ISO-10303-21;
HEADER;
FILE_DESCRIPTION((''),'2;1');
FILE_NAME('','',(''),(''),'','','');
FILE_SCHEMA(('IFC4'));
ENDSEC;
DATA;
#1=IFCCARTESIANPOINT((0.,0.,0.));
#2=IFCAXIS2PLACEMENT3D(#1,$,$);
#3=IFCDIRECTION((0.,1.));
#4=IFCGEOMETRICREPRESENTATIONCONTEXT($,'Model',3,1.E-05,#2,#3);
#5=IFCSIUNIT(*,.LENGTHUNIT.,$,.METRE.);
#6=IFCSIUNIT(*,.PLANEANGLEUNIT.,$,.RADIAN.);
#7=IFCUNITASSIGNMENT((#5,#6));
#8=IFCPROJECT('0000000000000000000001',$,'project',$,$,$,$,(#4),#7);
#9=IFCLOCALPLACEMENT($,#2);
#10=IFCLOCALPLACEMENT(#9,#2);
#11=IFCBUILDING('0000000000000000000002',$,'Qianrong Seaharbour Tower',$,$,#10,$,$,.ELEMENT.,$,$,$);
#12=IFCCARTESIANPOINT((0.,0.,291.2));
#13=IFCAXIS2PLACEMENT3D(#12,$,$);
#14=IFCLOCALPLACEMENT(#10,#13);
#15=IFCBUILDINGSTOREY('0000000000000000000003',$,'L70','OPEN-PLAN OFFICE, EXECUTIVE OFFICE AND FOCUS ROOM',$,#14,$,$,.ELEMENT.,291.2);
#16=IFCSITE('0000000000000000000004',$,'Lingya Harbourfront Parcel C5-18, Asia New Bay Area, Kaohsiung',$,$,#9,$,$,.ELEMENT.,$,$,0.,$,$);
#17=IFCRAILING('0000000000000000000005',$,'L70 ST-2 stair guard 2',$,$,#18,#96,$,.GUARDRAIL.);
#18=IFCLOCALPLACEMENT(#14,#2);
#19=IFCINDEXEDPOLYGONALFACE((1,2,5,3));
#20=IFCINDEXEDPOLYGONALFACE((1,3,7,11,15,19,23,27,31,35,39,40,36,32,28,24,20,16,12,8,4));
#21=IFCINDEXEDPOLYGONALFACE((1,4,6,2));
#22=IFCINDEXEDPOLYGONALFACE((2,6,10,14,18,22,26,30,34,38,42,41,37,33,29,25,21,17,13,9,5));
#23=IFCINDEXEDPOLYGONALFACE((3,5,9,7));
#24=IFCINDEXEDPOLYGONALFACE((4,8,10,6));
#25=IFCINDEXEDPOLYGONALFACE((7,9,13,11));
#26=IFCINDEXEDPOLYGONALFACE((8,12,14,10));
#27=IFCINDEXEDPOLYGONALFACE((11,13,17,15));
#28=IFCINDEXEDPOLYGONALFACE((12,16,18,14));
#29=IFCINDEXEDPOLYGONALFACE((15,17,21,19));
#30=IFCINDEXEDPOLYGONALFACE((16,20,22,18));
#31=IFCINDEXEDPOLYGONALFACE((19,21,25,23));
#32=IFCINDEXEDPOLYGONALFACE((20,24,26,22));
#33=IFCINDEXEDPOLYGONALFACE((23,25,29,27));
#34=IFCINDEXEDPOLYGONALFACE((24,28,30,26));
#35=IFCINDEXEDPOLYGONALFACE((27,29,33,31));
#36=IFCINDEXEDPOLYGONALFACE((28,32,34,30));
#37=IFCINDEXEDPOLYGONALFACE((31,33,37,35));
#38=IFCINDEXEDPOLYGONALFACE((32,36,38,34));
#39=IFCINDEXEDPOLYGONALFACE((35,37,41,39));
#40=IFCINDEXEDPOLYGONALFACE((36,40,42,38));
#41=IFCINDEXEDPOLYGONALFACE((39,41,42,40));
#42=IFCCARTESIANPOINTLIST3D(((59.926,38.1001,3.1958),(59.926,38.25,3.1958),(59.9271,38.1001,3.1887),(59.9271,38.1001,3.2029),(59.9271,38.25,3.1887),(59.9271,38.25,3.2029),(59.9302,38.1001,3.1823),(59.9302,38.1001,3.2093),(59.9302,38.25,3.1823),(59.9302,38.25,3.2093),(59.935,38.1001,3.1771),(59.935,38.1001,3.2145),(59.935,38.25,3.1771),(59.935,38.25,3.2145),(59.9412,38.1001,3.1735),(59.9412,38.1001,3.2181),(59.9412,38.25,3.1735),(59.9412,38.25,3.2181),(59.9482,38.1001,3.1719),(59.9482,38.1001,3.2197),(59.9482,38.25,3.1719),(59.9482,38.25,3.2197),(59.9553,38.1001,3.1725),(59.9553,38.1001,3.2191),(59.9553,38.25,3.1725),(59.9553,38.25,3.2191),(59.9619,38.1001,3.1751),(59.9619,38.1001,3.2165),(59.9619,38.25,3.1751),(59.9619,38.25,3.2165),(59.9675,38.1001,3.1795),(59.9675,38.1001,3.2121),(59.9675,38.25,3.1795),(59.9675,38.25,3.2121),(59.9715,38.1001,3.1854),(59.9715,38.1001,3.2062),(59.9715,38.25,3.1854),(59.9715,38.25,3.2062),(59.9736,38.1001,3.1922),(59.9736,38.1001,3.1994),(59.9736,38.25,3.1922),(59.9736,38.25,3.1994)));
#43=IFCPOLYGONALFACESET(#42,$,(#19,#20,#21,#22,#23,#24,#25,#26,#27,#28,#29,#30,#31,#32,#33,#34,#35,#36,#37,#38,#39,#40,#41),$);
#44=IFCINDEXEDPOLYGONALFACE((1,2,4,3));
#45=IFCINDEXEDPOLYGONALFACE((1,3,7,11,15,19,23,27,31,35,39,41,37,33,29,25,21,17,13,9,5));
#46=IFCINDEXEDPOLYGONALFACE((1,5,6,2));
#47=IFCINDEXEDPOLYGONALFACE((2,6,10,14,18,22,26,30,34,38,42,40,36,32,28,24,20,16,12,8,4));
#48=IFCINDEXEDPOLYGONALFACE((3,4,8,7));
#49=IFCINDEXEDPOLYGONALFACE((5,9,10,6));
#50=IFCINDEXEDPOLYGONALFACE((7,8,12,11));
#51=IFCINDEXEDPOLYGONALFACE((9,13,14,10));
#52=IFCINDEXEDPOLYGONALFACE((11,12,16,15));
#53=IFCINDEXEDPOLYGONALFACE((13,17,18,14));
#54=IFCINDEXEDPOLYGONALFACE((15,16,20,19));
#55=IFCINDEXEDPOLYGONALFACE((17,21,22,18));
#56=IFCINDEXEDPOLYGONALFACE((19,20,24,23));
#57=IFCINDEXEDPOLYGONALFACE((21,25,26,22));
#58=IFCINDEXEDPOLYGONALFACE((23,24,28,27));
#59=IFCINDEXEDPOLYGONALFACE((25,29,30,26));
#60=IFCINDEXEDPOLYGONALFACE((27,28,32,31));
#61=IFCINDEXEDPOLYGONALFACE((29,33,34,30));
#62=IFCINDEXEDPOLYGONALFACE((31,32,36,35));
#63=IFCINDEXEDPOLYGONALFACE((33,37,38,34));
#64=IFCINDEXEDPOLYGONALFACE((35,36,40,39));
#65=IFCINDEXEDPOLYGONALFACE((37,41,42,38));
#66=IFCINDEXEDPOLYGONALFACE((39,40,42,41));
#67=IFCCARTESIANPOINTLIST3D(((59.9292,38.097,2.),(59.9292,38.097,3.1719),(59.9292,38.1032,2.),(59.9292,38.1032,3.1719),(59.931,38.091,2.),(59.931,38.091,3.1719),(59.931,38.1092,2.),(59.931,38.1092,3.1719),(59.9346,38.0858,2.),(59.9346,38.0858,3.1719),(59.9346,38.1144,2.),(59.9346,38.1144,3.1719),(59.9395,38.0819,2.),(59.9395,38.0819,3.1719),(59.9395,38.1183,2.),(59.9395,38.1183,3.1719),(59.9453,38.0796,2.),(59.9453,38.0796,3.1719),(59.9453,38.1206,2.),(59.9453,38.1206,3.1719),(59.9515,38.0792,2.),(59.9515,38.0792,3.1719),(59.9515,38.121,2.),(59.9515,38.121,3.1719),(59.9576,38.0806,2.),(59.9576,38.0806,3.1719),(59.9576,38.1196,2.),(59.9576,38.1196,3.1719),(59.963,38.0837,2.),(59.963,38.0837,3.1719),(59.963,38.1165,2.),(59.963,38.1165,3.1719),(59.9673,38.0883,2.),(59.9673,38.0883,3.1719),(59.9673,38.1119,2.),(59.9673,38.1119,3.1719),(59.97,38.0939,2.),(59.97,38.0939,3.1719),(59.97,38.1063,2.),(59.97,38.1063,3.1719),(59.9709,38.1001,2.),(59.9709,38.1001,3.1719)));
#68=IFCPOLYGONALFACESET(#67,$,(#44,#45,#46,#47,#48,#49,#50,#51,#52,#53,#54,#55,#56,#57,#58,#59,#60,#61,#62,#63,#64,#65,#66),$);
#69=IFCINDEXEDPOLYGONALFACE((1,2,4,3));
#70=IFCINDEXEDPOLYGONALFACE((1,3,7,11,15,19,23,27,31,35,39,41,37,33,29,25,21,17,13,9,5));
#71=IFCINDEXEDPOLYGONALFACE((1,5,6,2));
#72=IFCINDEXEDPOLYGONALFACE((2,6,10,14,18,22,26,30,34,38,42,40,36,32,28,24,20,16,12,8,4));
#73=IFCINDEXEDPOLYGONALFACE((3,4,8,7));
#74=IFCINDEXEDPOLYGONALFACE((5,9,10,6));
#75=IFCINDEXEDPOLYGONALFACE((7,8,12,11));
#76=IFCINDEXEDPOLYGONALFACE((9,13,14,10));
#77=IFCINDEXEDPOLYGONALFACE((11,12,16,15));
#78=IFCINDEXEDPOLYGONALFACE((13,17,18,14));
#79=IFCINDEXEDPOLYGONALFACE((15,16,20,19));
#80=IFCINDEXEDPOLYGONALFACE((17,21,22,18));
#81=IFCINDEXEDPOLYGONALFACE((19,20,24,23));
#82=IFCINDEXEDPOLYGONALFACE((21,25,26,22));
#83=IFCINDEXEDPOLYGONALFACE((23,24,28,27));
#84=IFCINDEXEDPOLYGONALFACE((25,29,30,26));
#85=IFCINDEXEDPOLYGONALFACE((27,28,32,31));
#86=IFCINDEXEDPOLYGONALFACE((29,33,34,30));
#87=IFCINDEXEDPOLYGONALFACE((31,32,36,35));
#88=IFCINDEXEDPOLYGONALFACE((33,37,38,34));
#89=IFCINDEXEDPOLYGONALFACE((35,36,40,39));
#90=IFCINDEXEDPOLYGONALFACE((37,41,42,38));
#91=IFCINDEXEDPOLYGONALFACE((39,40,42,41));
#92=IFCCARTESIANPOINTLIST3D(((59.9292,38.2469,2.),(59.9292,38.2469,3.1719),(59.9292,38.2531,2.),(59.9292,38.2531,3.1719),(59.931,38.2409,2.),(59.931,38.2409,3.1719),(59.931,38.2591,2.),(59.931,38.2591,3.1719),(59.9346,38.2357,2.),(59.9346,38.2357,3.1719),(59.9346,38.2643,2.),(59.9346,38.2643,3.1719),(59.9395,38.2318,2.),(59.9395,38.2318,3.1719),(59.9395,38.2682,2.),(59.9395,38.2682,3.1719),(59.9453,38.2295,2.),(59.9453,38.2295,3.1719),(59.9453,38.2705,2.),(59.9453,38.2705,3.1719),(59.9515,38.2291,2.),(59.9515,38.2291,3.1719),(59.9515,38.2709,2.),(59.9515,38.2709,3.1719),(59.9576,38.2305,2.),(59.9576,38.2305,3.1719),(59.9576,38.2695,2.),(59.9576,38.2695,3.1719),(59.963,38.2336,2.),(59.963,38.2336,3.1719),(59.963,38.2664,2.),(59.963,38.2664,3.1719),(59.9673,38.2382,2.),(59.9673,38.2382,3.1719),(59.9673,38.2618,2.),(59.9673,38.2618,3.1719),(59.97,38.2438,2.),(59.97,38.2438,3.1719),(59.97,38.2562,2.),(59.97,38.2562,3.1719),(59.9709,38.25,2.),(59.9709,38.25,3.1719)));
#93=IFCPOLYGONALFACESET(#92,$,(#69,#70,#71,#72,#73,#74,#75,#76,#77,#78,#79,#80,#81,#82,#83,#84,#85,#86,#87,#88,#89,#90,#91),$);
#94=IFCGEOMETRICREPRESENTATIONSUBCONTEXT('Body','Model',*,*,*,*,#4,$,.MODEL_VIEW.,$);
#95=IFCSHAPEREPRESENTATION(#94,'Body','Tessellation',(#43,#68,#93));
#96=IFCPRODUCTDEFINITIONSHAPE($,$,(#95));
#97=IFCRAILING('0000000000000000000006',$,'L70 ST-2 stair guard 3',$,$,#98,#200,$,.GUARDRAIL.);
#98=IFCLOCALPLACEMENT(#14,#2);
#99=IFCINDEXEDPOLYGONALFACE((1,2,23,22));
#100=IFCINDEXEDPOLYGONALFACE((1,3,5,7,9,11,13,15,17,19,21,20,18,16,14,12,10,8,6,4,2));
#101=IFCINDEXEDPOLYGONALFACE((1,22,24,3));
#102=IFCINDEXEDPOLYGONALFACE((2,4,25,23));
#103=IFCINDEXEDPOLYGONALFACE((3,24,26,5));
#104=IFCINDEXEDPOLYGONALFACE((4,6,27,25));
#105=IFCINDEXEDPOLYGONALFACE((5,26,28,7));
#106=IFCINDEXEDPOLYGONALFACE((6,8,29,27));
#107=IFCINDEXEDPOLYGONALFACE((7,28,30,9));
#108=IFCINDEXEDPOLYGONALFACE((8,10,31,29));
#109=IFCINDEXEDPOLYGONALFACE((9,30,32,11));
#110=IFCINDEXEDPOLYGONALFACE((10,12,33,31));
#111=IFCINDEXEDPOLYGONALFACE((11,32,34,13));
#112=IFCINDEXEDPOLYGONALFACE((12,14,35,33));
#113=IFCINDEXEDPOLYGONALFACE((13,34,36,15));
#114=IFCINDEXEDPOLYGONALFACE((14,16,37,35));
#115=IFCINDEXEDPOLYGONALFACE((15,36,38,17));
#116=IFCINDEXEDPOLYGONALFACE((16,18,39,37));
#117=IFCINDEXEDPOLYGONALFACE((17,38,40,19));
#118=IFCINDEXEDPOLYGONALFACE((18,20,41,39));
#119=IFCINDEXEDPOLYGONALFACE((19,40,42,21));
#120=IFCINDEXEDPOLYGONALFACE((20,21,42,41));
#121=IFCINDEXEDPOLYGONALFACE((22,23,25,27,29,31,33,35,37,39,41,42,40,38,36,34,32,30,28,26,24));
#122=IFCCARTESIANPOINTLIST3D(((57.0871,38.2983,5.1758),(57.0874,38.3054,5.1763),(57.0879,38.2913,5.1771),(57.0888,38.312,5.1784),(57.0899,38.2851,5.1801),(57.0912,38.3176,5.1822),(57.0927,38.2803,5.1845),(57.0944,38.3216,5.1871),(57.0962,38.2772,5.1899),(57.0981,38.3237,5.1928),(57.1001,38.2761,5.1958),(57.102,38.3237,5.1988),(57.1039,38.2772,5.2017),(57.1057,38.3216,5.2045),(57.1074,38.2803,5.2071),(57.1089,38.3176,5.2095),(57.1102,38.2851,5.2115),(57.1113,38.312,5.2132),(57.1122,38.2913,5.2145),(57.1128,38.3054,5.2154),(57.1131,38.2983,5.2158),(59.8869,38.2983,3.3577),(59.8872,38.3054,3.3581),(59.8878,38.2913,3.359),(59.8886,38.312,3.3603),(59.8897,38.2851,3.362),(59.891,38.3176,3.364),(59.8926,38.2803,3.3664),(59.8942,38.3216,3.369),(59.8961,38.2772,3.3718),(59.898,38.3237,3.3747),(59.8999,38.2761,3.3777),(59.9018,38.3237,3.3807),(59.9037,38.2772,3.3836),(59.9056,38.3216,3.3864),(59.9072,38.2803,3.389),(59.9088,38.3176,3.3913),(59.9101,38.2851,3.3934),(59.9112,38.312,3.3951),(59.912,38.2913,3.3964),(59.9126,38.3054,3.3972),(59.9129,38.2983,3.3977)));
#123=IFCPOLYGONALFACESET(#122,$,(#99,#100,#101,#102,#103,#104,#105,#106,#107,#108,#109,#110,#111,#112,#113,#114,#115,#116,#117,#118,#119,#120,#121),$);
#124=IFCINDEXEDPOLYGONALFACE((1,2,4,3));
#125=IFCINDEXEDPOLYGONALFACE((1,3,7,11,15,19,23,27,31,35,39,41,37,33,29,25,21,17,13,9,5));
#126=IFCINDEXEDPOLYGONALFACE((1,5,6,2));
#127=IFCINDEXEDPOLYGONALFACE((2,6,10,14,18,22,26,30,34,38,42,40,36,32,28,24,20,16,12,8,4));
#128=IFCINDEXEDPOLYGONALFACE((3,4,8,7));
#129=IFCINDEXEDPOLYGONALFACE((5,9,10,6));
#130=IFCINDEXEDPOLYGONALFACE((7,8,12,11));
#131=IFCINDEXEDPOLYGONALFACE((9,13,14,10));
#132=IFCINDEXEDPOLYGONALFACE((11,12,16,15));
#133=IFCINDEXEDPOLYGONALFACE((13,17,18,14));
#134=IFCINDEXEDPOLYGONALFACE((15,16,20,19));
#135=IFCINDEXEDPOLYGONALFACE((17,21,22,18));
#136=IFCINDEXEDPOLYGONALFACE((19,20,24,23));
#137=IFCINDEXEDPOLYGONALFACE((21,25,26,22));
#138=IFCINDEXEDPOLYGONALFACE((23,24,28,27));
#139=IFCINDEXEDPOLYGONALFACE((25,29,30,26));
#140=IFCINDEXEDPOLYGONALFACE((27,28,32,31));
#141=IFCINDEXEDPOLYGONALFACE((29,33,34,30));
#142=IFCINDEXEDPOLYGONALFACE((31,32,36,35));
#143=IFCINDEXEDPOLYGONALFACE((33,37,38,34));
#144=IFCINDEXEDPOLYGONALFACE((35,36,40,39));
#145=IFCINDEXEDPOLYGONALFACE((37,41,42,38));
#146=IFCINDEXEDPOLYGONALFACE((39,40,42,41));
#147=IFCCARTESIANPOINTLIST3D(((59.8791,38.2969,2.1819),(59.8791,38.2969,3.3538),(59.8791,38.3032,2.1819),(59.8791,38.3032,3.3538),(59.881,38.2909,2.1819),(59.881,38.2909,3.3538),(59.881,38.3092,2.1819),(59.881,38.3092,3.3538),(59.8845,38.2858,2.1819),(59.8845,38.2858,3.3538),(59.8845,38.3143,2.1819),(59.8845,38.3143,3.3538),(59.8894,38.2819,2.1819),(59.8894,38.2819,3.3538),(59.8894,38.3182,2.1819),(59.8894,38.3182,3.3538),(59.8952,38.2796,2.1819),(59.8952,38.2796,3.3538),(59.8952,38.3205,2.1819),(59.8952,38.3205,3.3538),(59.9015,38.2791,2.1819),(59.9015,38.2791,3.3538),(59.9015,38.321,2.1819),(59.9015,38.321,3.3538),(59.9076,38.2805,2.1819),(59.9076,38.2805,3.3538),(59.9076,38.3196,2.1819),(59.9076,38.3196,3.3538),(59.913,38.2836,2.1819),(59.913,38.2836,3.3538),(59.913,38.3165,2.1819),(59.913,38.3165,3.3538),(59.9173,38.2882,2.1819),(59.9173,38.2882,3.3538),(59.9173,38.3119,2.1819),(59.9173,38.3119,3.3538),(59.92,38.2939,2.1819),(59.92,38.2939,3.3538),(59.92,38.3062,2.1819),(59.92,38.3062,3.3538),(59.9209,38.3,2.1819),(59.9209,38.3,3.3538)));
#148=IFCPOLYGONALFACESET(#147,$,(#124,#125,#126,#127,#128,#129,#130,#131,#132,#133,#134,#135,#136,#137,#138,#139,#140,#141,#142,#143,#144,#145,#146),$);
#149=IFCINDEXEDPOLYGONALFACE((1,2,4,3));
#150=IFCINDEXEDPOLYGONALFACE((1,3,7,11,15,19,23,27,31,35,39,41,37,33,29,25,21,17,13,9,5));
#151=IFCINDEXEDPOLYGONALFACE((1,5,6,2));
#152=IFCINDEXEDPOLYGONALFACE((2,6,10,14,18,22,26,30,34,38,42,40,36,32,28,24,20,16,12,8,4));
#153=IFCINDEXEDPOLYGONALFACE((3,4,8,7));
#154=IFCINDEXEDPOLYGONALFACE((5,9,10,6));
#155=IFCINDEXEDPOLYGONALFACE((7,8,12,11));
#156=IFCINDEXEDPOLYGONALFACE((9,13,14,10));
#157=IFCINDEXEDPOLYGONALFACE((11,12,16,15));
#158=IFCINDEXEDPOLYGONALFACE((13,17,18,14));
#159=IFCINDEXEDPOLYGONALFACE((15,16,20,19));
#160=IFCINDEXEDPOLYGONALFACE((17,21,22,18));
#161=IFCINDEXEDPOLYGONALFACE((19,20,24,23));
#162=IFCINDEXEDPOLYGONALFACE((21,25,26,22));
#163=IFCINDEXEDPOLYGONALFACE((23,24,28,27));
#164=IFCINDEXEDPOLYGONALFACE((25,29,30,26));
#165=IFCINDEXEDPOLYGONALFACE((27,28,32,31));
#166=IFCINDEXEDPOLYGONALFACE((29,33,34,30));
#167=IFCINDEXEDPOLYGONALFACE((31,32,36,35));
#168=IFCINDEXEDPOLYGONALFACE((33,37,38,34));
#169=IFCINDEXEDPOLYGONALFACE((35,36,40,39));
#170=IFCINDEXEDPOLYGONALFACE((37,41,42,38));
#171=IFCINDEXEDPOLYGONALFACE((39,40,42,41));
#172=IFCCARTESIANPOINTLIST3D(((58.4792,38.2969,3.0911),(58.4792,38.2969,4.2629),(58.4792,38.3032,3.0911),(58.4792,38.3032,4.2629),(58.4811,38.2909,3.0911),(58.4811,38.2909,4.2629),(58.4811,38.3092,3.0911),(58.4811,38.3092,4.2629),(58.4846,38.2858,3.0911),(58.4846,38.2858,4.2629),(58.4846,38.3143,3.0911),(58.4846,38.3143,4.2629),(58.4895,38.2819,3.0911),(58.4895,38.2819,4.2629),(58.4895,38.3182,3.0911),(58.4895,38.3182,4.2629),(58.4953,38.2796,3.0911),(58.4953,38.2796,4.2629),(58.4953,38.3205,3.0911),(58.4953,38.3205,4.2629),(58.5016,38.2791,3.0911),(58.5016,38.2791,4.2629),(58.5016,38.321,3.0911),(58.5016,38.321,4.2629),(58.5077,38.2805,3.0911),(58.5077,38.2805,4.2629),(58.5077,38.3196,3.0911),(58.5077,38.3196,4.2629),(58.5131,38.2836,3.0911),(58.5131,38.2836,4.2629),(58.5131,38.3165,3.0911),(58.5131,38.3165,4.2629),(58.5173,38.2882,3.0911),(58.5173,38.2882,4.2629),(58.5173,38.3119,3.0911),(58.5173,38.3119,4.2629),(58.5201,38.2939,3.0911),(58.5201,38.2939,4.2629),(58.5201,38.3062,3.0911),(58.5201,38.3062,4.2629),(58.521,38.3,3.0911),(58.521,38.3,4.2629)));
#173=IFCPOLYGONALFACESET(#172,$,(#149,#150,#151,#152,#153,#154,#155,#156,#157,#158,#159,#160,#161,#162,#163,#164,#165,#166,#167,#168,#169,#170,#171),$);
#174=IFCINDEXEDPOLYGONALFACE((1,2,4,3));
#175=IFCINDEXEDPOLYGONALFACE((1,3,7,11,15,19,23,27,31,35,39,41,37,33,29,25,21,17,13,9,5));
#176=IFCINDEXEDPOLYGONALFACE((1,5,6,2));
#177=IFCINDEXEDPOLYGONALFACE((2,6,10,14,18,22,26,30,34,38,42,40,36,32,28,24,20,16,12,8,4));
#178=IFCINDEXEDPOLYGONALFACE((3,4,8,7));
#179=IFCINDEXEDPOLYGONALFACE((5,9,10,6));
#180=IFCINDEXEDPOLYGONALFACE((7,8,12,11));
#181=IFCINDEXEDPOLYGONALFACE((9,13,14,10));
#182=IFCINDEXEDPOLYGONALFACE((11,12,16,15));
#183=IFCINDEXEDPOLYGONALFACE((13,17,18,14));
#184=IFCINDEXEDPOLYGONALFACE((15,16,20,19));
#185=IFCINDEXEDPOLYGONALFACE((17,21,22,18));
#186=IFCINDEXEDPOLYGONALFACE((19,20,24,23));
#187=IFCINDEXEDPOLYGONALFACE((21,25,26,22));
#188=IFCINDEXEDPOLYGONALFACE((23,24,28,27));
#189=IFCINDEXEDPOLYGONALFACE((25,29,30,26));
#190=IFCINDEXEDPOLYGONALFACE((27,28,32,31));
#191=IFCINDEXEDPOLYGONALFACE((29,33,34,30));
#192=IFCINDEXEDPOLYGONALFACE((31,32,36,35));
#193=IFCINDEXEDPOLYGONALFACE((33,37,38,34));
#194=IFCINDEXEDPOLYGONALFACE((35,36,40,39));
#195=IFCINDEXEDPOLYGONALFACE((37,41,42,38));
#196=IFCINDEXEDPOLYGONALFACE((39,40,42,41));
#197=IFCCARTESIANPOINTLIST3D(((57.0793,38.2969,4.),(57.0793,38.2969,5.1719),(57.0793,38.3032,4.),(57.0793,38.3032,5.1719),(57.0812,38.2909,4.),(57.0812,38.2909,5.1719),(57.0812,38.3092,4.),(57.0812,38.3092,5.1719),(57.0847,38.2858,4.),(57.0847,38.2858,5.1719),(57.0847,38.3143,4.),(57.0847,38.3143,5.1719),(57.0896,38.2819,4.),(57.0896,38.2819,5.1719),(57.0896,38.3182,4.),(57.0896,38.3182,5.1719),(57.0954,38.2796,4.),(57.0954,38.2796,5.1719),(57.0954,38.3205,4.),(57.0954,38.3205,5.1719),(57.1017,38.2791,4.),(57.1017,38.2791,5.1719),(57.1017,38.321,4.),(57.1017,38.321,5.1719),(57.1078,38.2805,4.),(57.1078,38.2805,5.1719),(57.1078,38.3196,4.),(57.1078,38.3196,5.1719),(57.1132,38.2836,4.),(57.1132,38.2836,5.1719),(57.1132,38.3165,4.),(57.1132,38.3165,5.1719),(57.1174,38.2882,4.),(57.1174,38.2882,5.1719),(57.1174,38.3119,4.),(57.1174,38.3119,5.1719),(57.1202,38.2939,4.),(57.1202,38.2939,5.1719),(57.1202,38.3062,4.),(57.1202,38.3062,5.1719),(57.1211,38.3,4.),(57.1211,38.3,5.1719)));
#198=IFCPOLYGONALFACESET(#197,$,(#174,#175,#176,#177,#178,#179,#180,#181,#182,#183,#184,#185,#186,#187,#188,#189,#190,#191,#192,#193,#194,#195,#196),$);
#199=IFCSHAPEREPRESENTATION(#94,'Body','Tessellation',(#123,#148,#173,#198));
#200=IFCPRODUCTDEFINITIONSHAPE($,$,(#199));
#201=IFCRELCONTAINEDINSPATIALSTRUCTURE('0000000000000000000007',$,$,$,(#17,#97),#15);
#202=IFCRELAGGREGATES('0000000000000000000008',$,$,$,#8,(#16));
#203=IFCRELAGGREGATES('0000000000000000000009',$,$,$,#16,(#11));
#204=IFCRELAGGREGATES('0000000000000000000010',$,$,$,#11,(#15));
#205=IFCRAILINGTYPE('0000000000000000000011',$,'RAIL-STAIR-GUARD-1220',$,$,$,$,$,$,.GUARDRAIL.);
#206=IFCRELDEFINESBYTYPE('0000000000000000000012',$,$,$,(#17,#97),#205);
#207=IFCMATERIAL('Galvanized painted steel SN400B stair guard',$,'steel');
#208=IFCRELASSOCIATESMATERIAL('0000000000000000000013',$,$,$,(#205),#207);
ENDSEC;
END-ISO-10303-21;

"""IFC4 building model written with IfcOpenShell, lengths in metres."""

from ifc_helpers import new_model, si_unit, direction, frame, origin, origin_2d, place, context, subcontext, project, spatial, circle, extrude, material, type_object, element, save


model = new_model("IFC4")

# Units and contexts
model_context = context("Model", 3, precision=1e-05, world=origin(), true_north=direction((0.0, 1.0)))
body_context = subcontext(model_context, "Body", "Model", "MODEL_VIEW")
ifc_project = project(units=[si_unit("LENGTHUNIT", "METRE"), si_unit("PLANEANGLEUNIT", "RADIAN")], contexts=[model_context])

# Site, building, storey
site_placement = place(None, origin())
site = spatial("IfcSite", under=ifc_project, at=site_placement, Name="Lingya Harbourfront Parcel C5-18, Asia New Bay Area, Kaohsiung", CompositionType="ELEMENT", RefElevation=0.0)
building_placement = place(site_placement, origin())
building = spatial("IfcBuilding", under=site, at=building_placement, Name="Qianrong Seaharbour Tower", CompositionType="ELEMENT")
storey_placement = place(building_placement, frame((0.0, 0.0, 291.2)))
storey = spatial("IfcBuildingStorey", under=building, at=storey_placement, Name="L70", Description="OPEN-PLAN OFFICE, EXECUTIVE OFFICE AND FOCUS ROOM", CompositionType="ELEMENT", Elevation=291.2)

# Railings
ifc_material_1 = material(Name="Galvanized painted steel SN400B stair guard", Category="steel")
railing_type_1 = type_object("IfcRailingType", Name="RAIL-STAIR-GUARD-1220", PredefinedType="GUARDRAIL", material=ifc_material_1)
railing_1_placement = place(storey_placement, frame((59.95, 38.1001, 2.0)))
element("IfcRailing", 1, at=railing_1_placement, inside=storey, type_object=railing_type_1, Name="L70 ST-2 stair guard 2", PredefinedType="GUARDRAIL", context=body_context, shape_type="SweptSolid", body=[
    extrude(circle(Radius=0.0239, at=origin_2d()), frame((0.0, 0.0, 1.1958), z_axis=(0.0, 1.0, 0.0), x_axis=(-1.0, 0.0, 0.0)), (0.0, 0.0, 1.0), 0.1499),
    extrude(circle(Radius=0.021, at=origin_2d()), origin(), (0.0, 0.0, 1.0), 1.1719),
    extrude(circle(Radius=0.021, at=origin_2d()), frame((0.0, 0.1499, 0.0)), (0.0, 0.0, 1.0), 1.1719),
])
railing_2_placement = place(storey_placement, frame((59.8999, 38.3, 2.1819)))
element("IfcRailing", 2, at=railing_2_placement, inside=storey, type_object=railing_type_1, Name="L70 ST-2 stair guard 3", PredefinedType="GUARDRAIL", context=body_context, shape_type="SweptSolid", body=[
    extrude(circle(Radius=0.0239, at=origin_2d()), frame((0.0, 0.0, 1.1958), z_axis=(-0.838684, 0.0, 0.544618), x_axis=(0.0, -1.0, 0.0)), (0.0, 0.0, 1.0), 3.3384),
    extrude(circle(Radius=0.021, at=origin_2d()), origin(), (0.0, 0.0, 1.0), 1.1719),
    extrude(circle(Radius=0.021, at=origin_2d()), frame((-1.3999, 0.0, 0.9092)), (0.0, 0.0, 1.0), 1.1719),
    extrude(circle(Radius=0.021, at=origin_2d()), frame((-2.7998, 0.0, 1.8181)), (0.0, 0.0, 1.0), 1.1719),
])

save(model, "model.ifc")
